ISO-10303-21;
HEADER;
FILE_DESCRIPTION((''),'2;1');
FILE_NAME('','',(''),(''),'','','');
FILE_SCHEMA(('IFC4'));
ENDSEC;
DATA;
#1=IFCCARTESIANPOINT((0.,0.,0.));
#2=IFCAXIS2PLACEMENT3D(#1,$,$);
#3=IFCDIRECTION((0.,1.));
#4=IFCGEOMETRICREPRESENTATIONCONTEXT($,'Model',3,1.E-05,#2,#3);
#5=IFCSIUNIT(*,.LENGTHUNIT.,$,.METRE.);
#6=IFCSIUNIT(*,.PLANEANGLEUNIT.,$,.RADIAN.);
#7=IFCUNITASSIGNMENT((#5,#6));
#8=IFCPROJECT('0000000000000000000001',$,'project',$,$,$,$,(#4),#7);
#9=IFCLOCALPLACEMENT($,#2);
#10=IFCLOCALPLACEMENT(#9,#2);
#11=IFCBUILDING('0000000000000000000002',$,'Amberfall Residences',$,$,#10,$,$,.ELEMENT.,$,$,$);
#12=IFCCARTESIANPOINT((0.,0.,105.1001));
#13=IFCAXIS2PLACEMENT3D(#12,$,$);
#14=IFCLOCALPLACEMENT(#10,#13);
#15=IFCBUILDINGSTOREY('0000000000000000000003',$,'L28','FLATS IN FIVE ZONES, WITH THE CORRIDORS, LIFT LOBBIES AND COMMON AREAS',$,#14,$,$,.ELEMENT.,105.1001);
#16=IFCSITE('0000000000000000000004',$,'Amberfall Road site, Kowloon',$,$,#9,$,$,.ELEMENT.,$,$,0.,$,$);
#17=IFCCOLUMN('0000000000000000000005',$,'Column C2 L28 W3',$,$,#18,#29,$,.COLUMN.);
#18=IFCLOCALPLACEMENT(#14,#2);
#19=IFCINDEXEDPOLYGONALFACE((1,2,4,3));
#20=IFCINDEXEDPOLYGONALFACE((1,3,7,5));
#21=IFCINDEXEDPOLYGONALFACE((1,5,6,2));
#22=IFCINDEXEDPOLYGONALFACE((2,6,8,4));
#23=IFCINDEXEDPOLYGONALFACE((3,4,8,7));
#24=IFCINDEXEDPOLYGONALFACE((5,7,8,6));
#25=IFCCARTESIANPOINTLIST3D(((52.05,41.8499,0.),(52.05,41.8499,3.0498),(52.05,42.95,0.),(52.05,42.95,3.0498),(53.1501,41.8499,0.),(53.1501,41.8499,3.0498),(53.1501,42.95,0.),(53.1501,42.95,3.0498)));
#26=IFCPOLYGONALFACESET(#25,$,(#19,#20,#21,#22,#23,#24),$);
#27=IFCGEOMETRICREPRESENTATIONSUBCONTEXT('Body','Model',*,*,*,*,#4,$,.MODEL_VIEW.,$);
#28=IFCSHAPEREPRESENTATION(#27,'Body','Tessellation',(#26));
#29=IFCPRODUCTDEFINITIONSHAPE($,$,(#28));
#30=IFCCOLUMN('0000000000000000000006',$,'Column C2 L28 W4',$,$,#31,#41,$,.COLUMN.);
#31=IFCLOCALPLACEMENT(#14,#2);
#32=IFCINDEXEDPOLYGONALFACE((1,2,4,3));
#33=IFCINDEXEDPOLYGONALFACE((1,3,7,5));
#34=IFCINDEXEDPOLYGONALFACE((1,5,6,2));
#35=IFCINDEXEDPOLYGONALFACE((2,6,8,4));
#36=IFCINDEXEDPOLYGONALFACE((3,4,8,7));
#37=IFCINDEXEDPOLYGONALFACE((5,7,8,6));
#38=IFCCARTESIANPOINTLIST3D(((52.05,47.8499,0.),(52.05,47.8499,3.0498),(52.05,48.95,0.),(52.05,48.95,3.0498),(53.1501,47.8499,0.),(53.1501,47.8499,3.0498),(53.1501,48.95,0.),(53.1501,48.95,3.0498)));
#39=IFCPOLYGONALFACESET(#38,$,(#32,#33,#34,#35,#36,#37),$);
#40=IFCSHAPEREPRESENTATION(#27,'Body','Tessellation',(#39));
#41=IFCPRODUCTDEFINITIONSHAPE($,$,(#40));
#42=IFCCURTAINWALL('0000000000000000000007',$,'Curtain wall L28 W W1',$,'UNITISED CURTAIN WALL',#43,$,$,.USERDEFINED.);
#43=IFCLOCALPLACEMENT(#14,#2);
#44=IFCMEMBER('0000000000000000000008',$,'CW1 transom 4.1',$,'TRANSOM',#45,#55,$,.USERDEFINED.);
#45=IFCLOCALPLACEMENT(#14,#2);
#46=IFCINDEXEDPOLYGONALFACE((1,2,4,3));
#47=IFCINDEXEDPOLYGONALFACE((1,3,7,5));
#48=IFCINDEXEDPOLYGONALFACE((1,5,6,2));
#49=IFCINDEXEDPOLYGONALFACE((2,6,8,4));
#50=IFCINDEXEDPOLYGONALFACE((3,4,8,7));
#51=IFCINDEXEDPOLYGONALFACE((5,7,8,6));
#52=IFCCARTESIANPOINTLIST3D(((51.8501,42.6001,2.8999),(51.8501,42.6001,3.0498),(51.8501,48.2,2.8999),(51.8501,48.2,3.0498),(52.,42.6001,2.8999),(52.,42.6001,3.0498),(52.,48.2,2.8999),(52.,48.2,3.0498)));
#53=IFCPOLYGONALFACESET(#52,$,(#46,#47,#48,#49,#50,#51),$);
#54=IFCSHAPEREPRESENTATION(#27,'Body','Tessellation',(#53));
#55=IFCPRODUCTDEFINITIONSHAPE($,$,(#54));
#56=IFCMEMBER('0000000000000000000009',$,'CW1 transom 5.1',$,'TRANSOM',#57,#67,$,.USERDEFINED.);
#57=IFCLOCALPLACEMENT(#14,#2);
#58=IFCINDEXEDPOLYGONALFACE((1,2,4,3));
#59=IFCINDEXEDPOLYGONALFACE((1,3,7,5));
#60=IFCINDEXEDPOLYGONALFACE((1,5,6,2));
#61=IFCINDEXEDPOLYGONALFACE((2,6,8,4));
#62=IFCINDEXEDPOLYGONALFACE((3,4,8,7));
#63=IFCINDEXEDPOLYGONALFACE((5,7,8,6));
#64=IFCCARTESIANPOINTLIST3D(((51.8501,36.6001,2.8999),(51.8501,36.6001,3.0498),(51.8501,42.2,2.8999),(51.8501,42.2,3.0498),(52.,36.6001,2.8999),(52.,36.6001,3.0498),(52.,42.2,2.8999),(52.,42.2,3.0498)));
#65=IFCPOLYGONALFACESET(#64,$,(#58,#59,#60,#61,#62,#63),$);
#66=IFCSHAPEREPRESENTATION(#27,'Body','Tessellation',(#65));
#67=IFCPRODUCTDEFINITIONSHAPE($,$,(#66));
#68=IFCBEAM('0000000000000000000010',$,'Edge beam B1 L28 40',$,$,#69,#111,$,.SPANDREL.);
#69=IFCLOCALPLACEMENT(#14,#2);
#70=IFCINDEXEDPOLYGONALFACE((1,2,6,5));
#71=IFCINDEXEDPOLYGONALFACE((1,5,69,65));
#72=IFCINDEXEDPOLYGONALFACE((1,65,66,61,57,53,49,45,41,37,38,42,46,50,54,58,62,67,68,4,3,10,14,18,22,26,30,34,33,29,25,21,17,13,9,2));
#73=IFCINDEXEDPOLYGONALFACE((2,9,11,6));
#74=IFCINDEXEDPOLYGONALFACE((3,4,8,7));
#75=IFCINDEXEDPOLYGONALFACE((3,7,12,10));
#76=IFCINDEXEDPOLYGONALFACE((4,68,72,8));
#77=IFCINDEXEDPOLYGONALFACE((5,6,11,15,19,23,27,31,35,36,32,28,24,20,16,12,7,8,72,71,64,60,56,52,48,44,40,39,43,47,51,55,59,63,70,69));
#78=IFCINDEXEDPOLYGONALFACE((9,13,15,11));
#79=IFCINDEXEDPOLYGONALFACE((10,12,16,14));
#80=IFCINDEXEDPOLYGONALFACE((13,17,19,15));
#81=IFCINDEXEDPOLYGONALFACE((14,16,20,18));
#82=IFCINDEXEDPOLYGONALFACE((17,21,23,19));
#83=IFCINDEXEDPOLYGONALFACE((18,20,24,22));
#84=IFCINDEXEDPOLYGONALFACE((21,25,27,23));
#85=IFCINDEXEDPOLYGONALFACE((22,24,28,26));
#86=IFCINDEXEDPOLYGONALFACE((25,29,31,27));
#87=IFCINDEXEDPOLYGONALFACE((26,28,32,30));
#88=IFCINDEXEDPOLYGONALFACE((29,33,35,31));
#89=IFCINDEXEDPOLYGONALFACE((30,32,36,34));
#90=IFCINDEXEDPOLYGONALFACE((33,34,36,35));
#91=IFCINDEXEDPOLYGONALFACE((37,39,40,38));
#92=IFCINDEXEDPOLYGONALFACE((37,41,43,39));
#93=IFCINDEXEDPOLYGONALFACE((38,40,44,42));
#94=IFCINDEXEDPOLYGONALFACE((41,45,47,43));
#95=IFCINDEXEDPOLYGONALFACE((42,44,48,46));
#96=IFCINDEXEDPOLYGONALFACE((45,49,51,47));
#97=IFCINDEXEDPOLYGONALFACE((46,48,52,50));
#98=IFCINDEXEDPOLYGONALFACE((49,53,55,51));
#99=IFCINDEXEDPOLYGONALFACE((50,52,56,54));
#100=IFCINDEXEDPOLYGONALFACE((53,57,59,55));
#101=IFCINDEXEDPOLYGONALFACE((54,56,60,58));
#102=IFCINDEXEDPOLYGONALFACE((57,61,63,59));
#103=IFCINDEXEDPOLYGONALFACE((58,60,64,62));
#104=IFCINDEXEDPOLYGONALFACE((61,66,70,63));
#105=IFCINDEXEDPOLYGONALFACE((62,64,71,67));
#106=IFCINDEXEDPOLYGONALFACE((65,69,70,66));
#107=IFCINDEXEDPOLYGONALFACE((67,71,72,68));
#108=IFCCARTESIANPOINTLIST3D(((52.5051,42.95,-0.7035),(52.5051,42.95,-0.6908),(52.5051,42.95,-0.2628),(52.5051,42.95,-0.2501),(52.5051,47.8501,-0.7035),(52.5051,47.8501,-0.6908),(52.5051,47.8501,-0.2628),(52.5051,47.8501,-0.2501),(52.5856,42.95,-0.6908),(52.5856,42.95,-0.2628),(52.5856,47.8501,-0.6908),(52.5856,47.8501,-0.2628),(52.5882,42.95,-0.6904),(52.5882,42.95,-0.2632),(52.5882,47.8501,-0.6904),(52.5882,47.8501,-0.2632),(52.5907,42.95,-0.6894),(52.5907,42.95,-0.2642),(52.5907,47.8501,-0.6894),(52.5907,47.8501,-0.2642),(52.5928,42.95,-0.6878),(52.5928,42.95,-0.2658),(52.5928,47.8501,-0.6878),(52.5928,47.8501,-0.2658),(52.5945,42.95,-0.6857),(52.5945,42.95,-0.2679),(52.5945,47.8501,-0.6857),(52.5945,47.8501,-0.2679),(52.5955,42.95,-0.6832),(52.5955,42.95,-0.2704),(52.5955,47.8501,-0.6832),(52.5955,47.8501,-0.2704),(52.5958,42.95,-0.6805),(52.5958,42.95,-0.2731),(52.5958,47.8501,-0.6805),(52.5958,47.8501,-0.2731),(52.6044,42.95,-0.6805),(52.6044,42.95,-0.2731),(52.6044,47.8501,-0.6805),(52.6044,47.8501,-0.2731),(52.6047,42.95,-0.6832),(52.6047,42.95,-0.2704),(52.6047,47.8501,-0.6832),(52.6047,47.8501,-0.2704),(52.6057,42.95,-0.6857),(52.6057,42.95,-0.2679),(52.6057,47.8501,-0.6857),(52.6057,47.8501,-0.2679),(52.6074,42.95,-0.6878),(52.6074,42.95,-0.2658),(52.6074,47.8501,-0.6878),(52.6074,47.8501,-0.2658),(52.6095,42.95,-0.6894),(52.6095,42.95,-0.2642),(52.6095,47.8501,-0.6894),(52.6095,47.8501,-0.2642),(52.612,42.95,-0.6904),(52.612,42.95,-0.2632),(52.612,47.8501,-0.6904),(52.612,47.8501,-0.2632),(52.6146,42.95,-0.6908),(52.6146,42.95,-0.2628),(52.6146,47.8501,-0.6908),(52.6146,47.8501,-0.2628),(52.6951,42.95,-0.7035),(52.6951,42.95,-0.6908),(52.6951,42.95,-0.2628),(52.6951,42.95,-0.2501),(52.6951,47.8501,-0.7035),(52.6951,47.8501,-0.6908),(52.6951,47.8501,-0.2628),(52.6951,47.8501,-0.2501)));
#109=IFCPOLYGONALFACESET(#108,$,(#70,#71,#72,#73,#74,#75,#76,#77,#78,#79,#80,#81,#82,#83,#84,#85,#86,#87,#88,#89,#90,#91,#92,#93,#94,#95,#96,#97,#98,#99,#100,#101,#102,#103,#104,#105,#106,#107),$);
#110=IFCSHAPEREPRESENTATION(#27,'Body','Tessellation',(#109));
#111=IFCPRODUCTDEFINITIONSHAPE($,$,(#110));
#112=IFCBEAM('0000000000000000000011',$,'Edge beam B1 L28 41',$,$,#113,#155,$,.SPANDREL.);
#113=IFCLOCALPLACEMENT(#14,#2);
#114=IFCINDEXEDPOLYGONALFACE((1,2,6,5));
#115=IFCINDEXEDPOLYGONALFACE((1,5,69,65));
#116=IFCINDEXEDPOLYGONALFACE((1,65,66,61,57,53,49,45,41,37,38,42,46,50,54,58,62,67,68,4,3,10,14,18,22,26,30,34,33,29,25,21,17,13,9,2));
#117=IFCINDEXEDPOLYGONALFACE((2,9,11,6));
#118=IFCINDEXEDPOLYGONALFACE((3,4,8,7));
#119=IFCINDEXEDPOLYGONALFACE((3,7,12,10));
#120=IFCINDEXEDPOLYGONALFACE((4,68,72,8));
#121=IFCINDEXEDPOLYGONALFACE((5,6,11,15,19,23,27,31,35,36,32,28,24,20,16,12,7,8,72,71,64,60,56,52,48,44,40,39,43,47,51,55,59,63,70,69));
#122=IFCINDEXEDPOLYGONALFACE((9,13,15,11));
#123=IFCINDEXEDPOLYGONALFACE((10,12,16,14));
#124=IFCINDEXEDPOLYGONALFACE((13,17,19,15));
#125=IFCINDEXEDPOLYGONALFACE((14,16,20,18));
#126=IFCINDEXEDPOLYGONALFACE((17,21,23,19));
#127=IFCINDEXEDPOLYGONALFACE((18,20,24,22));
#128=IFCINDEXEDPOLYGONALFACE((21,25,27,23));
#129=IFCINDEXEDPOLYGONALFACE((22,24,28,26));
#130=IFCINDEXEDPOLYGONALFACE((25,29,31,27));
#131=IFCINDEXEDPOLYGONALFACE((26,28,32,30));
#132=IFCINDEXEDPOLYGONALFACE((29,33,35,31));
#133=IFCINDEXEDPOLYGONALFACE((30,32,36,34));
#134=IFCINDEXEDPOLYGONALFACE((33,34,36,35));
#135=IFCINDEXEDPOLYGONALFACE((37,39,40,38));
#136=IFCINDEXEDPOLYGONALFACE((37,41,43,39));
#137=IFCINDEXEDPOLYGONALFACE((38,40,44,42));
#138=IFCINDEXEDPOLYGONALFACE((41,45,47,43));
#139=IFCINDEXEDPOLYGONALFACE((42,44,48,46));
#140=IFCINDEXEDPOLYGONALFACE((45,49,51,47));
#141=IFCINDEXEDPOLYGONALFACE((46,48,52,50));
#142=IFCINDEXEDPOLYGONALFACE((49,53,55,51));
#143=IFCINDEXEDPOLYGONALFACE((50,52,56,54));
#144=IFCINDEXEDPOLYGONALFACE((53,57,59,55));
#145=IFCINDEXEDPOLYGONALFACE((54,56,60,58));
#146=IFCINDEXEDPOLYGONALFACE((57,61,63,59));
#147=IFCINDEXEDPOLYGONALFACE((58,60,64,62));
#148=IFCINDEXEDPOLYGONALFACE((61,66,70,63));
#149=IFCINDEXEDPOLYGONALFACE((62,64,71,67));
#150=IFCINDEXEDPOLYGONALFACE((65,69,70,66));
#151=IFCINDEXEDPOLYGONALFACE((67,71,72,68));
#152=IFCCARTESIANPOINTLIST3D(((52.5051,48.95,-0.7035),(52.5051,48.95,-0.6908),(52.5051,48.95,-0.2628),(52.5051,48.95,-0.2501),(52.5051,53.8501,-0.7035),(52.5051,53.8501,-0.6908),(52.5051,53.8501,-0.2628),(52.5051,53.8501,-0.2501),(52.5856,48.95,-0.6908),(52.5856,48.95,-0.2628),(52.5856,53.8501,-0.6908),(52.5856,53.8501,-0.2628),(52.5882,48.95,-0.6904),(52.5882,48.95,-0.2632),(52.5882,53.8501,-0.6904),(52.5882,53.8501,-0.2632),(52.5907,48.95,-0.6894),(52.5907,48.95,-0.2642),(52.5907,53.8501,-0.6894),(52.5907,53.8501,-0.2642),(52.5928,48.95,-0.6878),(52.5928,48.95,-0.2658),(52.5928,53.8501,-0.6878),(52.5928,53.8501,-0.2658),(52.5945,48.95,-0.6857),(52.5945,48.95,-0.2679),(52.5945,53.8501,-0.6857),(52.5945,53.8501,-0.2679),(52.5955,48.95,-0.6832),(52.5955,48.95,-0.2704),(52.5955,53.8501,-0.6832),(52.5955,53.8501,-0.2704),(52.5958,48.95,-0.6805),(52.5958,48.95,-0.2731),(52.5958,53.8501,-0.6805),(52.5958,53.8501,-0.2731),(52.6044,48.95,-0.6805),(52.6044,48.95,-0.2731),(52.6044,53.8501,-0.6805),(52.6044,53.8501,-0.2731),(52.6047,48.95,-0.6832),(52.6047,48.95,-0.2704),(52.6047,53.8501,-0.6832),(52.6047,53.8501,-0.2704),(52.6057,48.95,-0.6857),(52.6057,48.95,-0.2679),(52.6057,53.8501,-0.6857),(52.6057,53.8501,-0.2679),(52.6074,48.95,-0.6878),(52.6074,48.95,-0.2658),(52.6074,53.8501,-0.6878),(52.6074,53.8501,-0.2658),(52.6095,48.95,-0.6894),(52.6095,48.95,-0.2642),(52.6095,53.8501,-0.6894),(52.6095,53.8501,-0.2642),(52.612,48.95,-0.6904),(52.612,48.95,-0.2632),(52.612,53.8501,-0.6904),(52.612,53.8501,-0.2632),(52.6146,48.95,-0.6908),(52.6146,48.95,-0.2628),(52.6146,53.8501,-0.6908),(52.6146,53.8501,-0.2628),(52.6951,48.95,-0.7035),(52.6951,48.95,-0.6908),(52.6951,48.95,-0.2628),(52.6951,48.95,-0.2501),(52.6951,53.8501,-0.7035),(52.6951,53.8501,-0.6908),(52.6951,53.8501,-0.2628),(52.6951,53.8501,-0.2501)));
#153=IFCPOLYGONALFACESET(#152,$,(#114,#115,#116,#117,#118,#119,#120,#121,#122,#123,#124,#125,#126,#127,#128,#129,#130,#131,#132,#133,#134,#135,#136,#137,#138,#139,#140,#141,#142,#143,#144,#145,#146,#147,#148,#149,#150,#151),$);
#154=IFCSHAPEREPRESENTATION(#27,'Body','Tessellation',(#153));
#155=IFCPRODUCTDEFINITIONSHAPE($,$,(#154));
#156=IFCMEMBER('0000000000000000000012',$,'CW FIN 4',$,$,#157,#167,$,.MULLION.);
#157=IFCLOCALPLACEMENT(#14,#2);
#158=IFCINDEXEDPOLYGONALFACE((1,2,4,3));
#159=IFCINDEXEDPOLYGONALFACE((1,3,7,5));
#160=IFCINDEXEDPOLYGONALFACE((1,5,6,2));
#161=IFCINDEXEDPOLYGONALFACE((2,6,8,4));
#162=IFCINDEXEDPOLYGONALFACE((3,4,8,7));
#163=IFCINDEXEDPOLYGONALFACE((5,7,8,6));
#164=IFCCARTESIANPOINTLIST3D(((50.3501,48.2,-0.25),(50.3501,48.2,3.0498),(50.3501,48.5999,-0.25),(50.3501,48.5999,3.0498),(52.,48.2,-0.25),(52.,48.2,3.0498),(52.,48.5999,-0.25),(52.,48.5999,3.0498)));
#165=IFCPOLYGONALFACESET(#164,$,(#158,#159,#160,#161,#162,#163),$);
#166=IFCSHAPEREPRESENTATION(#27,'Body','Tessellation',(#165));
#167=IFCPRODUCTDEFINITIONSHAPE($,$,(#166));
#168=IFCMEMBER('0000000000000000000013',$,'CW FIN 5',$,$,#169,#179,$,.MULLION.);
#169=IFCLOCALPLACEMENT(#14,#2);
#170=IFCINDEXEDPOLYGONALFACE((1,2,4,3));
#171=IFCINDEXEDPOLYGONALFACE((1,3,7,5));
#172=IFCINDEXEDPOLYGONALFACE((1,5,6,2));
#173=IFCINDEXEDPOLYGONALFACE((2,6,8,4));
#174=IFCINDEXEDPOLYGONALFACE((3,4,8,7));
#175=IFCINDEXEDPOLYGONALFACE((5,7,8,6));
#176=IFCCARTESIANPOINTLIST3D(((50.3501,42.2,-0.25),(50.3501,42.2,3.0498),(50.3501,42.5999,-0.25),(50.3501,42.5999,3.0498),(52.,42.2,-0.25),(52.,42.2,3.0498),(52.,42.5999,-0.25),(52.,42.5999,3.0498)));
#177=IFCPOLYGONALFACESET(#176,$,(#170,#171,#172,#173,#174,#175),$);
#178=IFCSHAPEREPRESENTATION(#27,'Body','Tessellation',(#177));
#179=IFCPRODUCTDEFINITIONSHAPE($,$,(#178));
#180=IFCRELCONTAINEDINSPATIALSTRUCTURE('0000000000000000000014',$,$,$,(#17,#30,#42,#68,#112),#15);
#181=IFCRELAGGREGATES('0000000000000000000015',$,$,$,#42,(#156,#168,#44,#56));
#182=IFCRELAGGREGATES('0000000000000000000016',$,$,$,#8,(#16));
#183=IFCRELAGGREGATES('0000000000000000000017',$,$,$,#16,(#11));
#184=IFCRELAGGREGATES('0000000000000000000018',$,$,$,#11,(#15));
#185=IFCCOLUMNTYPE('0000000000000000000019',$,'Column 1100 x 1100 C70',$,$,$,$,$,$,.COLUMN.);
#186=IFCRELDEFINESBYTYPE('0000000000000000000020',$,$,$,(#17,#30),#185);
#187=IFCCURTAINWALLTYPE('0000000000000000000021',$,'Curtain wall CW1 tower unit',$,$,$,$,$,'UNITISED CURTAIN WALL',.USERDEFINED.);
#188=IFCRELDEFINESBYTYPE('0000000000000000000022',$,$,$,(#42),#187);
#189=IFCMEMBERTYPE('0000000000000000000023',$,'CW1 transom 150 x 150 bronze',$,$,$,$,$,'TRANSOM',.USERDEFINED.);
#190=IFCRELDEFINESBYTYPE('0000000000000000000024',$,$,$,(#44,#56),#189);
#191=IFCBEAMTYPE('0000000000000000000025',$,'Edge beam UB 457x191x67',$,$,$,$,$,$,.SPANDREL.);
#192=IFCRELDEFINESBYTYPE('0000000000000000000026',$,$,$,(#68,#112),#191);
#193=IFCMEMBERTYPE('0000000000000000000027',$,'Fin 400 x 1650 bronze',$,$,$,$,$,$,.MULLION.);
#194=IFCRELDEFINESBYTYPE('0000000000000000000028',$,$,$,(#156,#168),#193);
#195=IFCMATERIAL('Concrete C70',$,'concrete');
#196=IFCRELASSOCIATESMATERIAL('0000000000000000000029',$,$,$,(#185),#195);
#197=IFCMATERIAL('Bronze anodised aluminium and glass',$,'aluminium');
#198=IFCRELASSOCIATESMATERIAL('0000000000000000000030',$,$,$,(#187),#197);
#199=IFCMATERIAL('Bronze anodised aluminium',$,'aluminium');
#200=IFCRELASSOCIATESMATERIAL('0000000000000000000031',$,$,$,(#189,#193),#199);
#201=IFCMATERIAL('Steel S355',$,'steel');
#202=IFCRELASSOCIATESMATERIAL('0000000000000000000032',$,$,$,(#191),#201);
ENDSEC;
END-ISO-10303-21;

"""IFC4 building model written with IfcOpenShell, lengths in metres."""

from ifc_helpers import new_model, si_unit, direction, frame, origin, origin_2d, place, context, subcontext, project, spatial, rectangle, i_section, extrude, material, material_profile, profile_set, type_object, element, aggregate, save


model = new_model("IFC4")

# Units and contexts
model_context = context("Model", 3, precision=1e-05, world=origin(), true_north=direction((0.0, 1.0)))
body_context = subcontext(model_context, "Body", "Model", "MODEL_VIEW")
ifc_project = project(units=[si_unit("LENGTHUNIT", "METRE"), si_unit("PLANEANGLEUNIT", "RADIAN")], contexts=[model_context])

# Site, building, storey
site_placement = place(None, origin())
site = spatial("IfcSite", under=ifc_project, at=site_placement, Name="Amberfall Road site, Kowloon", CompositionType="ELEMENT", RefElevation=0.0)
building_placement = place(site_placement, origin())
building = spatial("IfcBuilding", under=site, at=building_placement, Name="Amberfall Residences", CompositionType="ELEMENT")
storey_placement = place(building_placement, frame((0.0, 0.0, 105.1001)))
storey = spatial("IfcBuildingStorey", under=building, at=storey_placement, Name="L28", Description="FLATS IN FIVE ZONES, WITH THE CORRIDORS, LIFT LOBBIES AND COMMON AREAS", CompositionType="ELEMENT", Elevation=105.1001)

# Columns
ifc_material_1 = material(Name="Concrete C70", Category="concrete")
ifc_material_profile_1 = material_profile(ifc_material_1, rectangle(XDim=1.1001, YDim=1.1001, at=origin_2d()), Name="Column 1100 x 1100 C70")
ifc_profile_set_1 = profile_set([ifc_material_profile_1], Name="Concrete C70")
column_type = type_object("IfcColumnType", Name="Column 1100 x 1100 C70", PredefinedType="COLUMN", material=ifc_profile_set_1)
for number, where, z_axis, x_axis, name in (
    (1, (52.6001, 42.3999, 0.0), (0.0, 0.0, 1.0), (1.0, 0.0, 0.0), "Column C2 L28 W3"),
    (2, (52.6001, 48.3999, 0.0), (0.0, 0.0, 1.0), (1.0, 0.0, 0.0), "Column C2 L28 W4"),
):
    element("IfcColumn", number, at=place(storey_placement, frame(where, z_axis=z_axis, x_axis=x_axis)), inside=storey, type_object=column_type, Name=name, PredefinedType="COLUMN", context=body_context, shape_type="SweptSolid", body=[
        extrude(rectangle(XDim=1.1001, YDim=1.1001, at=origin_2d()), origin(), (0.0, 0.0, 1.0), 3.0498),
    ])

# Curtain wall, members
ifc_material_2 = material(Name="Bronze anodised aluminium and glass", Category="aluminium")
curtain_wall_type = type_object("IfcCurtainWallType", Name="Curtain wall CW1 tower unit", ElementType="UNITISED CURTAIN WALL", PredefinedType="USERDEFINED", material=ifc_material_2)
curtain_wall_placement = place(storey_placement, origin())
curtain_wall = element("IfcCurtainWall", 3, at=curtain_wall_placement, inside=storey, type_object=curtain_wall_type, Name="Curtain wall L28 W W1", ObjectType="UNITISED CURTAIN WALL", PredefinedType="USERDEFINED")
ifc_material_3 = material(Name="Bronze anodised aluminium", Category="aluminium")
ifc_material_profile_2 = material_profile(ifc_material_3, rectangle(XDim=0.1499, YDim=0.1499, at=origin_2d()), Name="CW1 transom 150 x 150 bronze")
ifc_profile_set_2 = profile_set([ifc_material_profile_2], Name="Bronze anodised aluminium")
member_type_1 = type_object("IfcMemberType", Name="CW1 transom 150 x 150 bronze", ElementType="TRANSOM", PredefinedType="USERDEFINED", material=ifc_profile_set_2)
member_1_placement = place(storey_placement, frame((51.925, 48.2, 2.9749), z_axis=(0.0, -1.0, 0.0), x_axis=(1.0, 0.0, 0.0)))
member_1 = element("IfcMember", 4, at=member_1_placement, type_object=member_type_1, Name="CW1 transom 4.1", ObjectType="TRANSOM", PredefinedType="USERDEFINED", context=body_context, shape_type="SweptSolid", body=[
    extrude(rectangle(XDim=0.1499, YDim=0.1499, at=origin_2d()), origin(), (0.0, 0.0, 1.0), 5.5999),
])
member_2_placement = place(storey_placement, frame((51.925, 42.2, 2.9749), z_axis=(0.0, -1.0, 0.0), x_axis=(1.0, 0.0, 0.0)))
member_2 = element("IfcMember", 5, at=member_2_placement, type_object=member_type_1, Name="CW1 transom 5.1", ObjectType="TRANSOM", PredefinedType="USERDEFINED", context=body_context, shape_type="SweptSolid", body=[
    extrude(rectangle(XDim=0.1499, YDim=0.1499, at=origin_2d()), origin(), (0.0, 0.0, 1.0), 5.5999),
])

# Beams
ifc_material_4 = material(Name="Steel S355", Category="steel")
ifc_material_profile_3 = material_profile(ifc_material_4, i_section(OverallWidth=0.1899, OverallDepth=0.4534, WebThickness=0.0085, FlangeThickness=0.0127, FilletRadius=0.0103, at=origin_2d()), Name="UB 457x191x67")
ifc_profile_set_3 = profile_set([ifc_material_profile_3], Name="Steel S355")
beam_type_1 = type_object("IfcBeamType", Name="Edge beam UB 457x191x67", PredefinedType="SPANDREL", material=ifc_profile_set_3)
for number, where, z_axis, x_axis, name in (
    (6, (52.6001, 42.95, -0.4768), (0.0, 1.0, 0.0), (-1.0, 0.0, 0.0), "Edge beam B1 L28 40"),
    (7, (52.6001, 48.95, -0.4768), (0.0, 1.0, 0.0), (-1.0, 0.0, 0.0), "Edge beam B1 L28 41"),
):
    element("IfcBeam", number, at=place(storey_placement, frame(where, z_axis=z_axis, x_axis=x_axis)), inside=storey, type_object=beam_type_1, Name=name, PredefinedType="SPANDREL", context=body_context, shape_type="SweptSolid", body=[
        extrude(i_section(OverallWidth=0.1899, OverallDepth=0.4534, WebThickness=0.0085, FlangeThickness=0.0127, FilletRadius=0.0103, at=origin_2d()), origin(), (0.0, 0.0, 1.0), 4.9001),
    ])

# Members
ifc_material_profile_4 = material_profile(ifc_material_3, rectangle(XDim=1.6499, YDim=0.3999, at=origin_2d()), Name="Fin 400 x 1650 bronze")
ifc_profile_set_4 = profile_set([ifc_material_profile_4], Name="Bronze anodised aluminium")
member_type_2 = type_object("IfcMemberType", Name="Fin 400 x 1650 bronze", PredefinedType="MULLION", material=ifc_profile_set_4)
member_3_placement = place(storey_placement, frame((51.175, 48.3999, -0.25), z_axis=(0.0, 0.0, 1.0), x_axis=(1.0, 0.0, 0.0)))
member_3 = element("IfcMember", 8, at=member_3_placement, type_object=member_type_2, Name="CW FIN 4", PredefinedType="MULLION", context=body_context, shape_type="SweptSolid", body=[
    extrude(rectangle(XDim=1.6499, YDim=0.3999, at=origin_2d()), origin(), (0.0, 0.0, 1.0), 3.2998),
])
member_4_placement = place(storey_placement, frame((51.175, 42.3999, -0.25), z_axis=(0.0, 0.0, 1.0), x_axis=(1.0, 0.0, 0.0)))
member_4 = element("IfcMember", 9, at=member_4_placement, type_object=member_type_2, Name="CW FIN 5", PredefinedType="MULLION", context=body_context, shape_type="SweptSolid", body=[
    extrude(rectangle(XDim=1.6499, YDim=0.3999, at=origin_2d()), origin(), (0.0, 0.0, 1.0), 3.2998),
])

aggregate(curtain_wall, [member_3, member_4, member_1, member_2])

save(model, "model.ifc")
